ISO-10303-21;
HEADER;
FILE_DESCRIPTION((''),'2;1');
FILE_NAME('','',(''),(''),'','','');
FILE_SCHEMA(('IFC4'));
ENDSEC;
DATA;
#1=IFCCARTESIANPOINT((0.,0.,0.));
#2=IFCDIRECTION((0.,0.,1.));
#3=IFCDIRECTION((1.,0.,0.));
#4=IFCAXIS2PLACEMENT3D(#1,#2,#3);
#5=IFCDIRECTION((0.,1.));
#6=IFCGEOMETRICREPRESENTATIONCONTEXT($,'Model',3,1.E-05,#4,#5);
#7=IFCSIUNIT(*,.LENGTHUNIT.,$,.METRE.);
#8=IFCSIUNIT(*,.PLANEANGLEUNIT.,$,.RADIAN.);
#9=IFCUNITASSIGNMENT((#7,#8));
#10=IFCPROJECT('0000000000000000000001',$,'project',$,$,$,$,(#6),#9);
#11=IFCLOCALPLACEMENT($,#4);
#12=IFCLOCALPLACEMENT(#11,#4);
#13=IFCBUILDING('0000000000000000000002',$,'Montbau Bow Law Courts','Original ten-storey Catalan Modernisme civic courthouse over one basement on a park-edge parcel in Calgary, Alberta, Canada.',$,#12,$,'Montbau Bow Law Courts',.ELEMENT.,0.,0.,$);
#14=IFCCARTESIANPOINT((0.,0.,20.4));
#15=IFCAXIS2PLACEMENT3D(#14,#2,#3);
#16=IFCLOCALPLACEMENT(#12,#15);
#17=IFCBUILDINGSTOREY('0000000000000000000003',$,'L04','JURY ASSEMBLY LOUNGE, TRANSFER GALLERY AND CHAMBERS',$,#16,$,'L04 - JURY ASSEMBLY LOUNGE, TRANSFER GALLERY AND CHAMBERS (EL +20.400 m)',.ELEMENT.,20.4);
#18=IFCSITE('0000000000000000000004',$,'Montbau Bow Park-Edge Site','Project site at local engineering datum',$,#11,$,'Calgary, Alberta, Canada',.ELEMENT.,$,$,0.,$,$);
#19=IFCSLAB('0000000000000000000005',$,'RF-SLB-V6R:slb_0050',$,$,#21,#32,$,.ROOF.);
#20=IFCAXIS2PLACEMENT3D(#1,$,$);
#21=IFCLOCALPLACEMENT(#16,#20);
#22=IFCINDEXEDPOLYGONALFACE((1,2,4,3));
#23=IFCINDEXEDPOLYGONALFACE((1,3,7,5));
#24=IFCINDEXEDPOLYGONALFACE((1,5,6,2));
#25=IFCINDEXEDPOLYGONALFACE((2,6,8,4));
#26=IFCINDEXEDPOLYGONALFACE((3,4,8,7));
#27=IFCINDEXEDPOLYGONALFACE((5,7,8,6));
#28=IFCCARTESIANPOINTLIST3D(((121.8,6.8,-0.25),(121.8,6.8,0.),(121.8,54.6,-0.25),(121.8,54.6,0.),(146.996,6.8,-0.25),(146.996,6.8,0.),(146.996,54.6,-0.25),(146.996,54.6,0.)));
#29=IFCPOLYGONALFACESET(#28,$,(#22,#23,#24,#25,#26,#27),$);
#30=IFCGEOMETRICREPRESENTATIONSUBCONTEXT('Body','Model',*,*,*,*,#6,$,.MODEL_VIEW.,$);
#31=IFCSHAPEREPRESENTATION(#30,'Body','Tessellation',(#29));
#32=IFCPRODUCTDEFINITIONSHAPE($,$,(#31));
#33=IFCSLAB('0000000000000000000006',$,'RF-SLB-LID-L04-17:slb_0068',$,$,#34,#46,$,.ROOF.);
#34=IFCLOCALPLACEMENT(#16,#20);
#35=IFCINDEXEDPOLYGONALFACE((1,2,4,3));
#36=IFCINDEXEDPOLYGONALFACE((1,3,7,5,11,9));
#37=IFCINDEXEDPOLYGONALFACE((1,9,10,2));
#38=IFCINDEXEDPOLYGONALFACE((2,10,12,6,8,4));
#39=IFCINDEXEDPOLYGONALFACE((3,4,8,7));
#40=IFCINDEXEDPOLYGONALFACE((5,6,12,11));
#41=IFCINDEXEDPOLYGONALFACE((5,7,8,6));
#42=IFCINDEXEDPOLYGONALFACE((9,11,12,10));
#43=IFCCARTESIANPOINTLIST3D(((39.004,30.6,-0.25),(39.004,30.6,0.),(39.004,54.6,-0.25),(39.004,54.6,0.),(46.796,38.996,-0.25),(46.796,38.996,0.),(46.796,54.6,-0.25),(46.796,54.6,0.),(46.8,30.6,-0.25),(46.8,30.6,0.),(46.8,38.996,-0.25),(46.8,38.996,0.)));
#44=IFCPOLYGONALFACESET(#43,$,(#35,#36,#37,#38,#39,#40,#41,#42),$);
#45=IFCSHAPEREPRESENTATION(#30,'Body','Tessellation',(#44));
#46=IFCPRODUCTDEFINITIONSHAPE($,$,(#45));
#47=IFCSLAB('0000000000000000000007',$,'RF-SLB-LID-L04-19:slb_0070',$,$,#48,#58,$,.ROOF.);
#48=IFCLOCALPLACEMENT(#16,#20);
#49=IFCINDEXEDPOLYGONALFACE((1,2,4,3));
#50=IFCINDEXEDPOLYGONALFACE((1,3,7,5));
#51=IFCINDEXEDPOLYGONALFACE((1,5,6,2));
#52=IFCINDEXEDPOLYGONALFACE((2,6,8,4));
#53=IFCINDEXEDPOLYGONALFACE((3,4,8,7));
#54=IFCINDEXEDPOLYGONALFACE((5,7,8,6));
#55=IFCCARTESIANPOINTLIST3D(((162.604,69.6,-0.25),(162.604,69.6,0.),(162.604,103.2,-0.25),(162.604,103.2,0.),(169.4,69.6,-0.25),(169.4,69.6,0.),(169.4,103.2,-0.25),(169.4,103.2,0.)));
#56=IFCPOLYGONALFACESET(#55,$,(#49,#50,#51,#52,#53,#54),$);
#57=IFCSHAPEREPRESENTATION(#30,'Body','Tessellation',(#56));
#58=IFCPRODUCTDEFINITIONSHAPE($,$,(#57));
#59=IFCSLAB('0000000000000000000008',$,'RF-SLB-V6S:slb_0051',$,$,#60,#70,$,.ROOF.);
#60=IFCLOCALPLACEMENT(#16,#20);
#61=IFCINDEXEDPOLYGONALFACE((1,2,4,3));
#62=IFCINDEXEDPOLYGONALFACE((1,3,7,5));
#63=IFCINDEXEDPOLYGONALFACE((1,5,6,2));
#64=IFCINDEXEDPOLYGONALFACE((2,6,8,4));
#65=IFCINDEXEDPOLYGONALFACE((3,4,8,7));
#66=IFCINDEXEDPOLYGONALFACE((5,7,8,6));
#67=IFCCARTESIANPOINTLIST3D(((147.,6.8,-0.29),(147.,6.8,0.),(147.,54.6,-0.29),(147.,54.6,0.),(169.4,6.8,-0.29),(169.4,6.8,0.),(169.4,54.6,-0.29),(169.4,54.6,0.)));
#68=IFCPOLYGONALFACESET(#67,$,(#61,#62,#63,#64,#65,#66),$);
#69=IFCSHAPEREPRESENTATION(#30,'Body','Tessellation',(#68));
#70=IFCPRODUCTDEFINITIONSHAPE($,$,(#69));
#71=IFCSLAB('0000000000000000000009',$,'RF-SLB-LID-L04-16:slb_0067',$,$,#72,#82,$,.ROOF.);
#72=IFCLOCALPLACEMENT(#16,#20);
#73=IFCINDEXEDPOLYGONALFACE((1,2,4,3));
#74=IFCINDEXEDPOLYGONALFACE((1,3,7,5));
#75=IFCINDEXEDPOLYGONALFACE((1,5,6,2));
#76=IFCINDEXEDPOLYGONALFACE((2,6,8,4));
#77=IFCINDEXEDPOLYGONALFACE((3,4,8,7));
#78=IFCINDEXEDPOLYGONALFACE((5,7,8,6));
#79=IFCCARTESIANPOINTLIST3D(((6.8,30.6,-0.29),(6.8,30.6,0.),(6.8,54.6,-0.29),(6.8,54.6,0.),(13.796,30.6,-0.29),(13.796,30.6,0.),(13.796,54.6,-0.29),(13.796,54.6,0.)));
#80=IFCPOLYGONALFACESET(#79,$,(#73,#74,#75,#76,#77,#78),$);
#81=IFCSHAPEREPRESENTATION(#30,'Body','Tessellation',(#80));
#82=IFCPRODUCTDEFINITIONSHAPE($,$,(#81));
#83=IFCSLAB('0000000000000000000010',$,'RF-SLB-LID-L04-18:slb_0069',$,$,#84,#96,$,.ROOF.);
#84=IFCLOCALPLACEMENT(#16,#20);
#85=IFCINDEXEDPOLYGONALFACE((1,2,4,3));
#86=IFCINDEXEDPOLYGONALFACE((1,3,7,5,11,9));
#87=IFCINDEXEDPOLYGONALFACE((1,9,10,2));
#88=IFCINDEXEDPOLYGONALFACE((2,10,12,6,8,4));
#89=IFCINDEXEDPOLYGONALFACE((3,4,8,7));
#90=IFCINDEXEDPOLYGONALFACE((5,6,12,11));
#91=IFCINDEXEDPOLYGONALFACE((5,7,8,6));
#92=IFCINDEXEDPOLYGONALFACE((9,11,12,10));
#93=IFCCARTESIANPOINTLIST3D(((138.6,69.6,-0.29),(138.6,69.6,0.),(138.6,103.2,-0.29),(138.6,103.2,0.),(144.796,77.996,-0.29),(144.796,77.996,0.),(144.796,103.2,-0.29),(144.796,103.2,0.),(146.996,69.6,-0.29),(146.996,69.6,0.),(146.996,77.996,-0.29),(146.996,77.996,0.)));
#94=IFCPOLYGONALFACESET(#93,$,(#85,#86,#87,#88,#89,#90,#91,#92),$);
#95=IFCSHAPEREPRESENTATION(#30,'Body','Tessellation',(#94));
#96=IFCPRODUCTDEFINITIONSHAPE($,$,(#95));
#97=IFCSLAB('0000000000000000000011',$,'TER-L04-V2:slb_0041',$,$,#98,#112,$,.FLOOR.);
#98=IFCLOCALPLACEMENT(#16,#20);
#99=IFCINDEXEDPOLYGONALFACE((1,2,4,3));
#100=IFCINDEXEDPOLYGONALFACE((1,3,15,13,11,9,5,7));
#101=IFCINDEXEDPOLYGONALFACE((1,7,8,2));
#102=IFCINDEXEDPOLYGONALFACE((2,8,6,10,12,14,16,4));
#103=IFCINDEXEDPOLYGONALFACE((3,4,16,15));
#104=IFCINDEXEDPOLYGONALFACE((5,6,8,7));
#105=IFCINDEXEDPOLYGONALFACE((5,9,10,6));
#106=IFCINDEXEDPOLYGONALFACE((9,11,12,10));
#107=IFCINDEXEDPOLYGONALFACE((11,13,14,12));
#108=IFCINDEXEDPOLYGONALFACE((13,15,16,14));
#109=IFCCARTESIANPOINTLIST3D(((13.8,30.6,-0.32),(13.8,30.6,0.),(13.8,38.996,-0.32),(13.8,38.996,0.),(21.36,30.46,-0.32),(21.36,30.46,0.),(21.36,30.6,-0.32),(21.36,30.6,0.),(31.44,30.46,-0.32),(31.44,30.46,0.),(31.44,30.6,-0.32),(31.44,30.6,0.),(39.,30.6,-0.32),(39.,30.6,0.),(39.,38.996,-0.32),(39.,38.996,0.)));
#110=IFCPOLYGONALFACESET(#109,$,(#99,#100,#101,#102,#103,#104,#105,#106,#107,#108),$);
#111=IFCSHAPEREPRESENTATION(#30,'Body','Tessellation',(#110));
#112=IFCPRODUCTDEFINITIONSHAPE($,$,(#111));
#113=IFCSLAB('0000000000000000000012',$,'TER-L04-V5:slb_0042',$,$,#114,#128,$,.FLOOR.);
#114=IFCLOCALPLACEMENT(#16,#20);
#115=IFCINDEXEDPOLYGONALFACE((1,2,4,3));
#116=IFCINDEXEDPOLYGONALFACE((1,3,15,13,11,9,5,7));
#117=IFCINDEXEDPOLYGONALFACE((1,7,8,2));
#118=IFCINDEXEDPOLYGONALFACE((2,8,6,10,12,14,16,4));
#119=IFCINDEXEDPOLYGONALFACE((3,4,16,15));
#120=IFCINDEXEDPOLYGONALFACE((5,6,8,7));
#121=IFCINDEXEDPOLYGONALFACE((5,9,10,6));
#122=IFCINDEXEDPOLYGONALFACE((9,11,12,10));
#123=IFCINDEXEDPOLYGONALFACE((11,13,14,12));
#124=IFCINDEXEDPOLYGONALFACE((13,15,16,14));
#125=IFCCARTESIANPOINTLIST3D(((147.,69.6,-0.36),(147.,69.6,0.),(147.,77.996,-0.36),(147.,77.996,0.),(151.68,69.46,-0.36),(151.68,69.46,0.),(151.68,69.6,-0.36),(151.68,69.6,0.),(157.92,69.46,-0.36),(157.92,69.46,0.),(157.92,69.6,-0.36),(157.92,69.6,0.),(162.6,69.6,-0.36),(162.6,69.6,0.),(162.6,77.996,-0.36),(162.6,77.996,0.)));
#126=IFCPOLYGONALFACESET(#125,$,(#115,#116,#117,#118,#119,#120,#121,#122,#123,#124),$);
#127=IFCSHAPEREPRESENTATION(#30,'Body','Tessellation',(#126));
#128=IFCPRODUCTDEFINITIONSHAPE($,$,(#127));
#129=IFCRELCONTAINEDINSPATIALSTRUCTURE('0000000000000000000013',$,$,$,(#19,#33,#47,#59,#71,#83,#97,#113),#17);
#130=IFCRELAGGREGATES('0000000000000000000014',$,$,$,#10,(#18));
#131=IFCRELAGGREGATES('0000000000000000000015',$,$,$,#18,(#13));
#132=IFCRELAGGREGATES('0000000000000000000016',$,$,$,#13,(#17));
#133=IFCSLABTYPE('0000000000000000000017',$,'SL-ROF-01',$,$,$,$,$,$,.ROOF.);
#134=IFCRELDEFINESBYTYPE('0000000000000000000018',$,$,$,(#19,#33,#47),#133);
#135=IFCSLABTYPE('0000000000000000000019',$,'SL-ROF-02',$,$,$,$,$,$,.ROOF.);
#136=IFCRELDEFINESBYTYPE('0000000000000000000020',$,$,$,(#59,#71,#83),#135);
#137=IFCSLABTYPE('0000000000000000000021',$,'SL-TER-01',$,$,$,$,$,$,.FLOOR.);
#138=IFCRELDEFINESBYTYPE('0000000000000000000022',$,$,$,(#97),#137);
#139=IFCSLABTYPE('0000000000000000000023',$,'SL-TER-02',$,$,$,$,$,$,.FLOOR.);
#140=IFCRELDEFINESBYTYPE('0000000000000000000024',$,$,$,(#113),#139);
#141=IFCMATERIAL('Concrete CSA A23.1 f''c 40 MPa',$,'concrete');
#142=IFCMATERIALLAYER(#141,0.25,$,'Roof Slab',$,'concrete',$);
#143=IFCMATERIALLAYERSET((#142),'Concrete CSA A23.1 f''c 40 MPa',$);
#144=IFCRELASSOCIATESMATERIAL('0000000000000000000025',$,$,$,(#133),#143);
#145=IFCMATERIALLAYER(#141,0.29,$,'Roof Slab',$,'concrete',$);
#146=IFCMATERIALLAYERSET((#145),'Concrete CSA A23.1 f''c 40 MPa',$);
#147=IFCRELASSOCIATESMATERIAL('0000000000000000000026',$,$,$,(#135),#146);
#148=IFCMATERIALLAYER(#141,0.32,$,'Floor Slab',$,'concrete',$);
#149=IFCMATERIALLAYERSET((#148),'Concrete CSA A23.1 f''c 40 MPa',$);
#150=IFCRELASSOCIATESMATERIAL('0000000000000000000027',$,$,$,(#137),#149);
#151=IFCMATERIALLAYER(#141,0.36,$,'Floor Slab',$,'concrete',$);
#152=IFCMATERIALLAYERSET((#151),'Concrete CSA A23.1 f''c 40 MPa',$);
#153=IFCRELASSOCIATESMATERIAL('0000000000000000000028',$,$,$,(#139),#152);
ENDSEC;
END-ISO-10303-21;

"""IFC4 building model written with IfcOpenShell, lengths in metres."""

from ifc_helpers import new_model, si_unit, direction, frame, origin_with_axes, place, context, subcontext, project, spatial, polyline, outline, extrude, material, layer, layer_set, type_object, element, save


model = new_model("IFC4")

# Units and contexts
model_context = context("Model", 3, precision=1e-05, world=origin_with_axes(), true_north=direction((0.0, 1.0)))
body_context = subcontext(model_context, "Body", "Model", "MODEL_VIEW")
ifc_project = project(units=[si_unit("LENGTHUNIT", "METRE"), si_unit("PLANEANGLEUNIT", "RADIAN")], contexts=[model_context])

# Site, building, storey
site_placement = place(None, origin_with_axes())
site = spatial("IfcSite", under=ifc_project, at=site_placement, Name="Montbau Bow Park-Edge Site", Description="Project site at local engineering datum", LongName="Calgary, Alberta, Canada", CompositionType="ELEMENT", RefElevation=0.0)
building_placement = place(site_placement, origin_with_axes())
building = spatial("IfcBuilding", under=site, at=building_placement, Name="Montbau Bow Law Courts", Description="Original ten-storey Catalan Modernisme civic courthouse over one basement on a park-edge parcel in Calgary, Alberta, Canada.", LongName="Montbau Bow Law Courts", CompositionType="ELEMENT", ElevationOfRefHeight=0.0, ElevationOfTerrain=0.0)
storey_placement = place(building_placement, frame((0.0, 0.0, 20.4), z_axis=(0.0, 0.0, 1.0), x_axis=(1.0, 0.0, 0.0)))
storey = spatial("IfcBuildingStorey", under=building, at=storey_placement, Name="L04", Description="JURY ASSEMBLY LOUNGE, TRANSFER GALLERY AND CHAMBERS", LongName="L04 - JURY ASSEMBLY LOUNGE, TRANSFER GALLERY AND CHAMBERS (EL +20.400 m)", CompositionType="ELEMENT", Elevation=20.4)

# Shared definitions
ifc_material_1 = material(Name="Concrete CSA A23.1 f'c 40 MPa", Category="concrete")

# Slabs
ifc_layer_1 = layer(ifc_material_1, 0.25, Name="Roof Slab", Category="concrete")
ifc_layer_set_1 = layer_set([ifc_layer_1], Name="Concrete CSA A23.1 f'c 40 MPa")
slab_type_1 = type_object("IfcSlabType", Name="SL-ROF-01", PredefinedType="ROOF", material=ifc_layer_set_1)
slab_1_placement = place(None, frame((0.0, 0.0, 20.15), z_axis=(0.0, 0.0, 1.0), x_axis=(1.0, 0.0, 0.0)))
element("IfcSlab", 1, at=slab_1_placement, inside=storey, type_object=slab_type_1, Name="RF-SLB-V6R:slb_0050", PredefinedType="ROOF", context=body_context, shape_type="SweptSolid", body=[
    extrude(outline(polyline([(121.8, 6.8), (146.996, 6.8), (146.996, 54.6), (121.8, 54.6), (121.8, 6.8)])), origin_with_axes(), (0.0, 0.0, 1.0), 0.25),
])
slab_2_placement = place(None, frame((0.0, 0.0, 20.15), z_axis=(0.0, 0.0, 1.0), x_axis=(1.0, 0.0, 0.0)))
element("IfcSlab", 2, at=slab_2_placement, inside=storey, type_object=slab_type_1, Name="RF-SLB-LID-L04-17:slb_0068", PredefinedType="ROOF", context=body_context, shape_type="SweptSolid", body=[
    extrude(outline(polyline([(46.796, 54.6), (46.796, 38.996), (46.8, 38.996), (46.8, 30.6), (39.004, 30.6), (39.004, 54.6), (46.796, 54.6)])), origin_with_axes(), (0.0, 0.0, 1.0), 0.25),
])
slab_3_placement = place(None, frame((0.0, 0.0, 20.15), z_axis=(0.0, 0.0, 1.0), x_axis=(1.0, 0.0, 0.0)))
element("IfcSlab", 3, at=slab_3_placement, inside=storey, type_object=slab_type_1, Name="RF-SLB-LID-L04-19:slb_0070", PredefinedType="ROOF", context=body_context, shape_type="SweptSolid", body=[
    extrude(outline(polyline([(169.4, 103.2), (169.4, 69.6), (162.604, 69.6), (162.604, 103.2), (169.4, 103.2)])), origin_with_axes(), (0.0, 0.0, 1.0), 0.25),
])
ifc_layer_2 = layer(ifc_material_1, 0.29, Name="Roof Slab", Category="concrete")
ifc_layer_set_2 = layer_set([ifc_layer_2], Name="Concrete CSA A23.1 f'c 40 MPa")
slab_type_2 = type_object("IfcSlabType", Name="SL-ROF-02", PredefinedType="ROOF", material=ifc_layer_set_2)
slab_4_placement = place(None, frame((0.0, 0.0, 20.11), z_axis=(0.0, 0.0, 1.0), x_axis=(1.0, 0.0, 0.0)))
element("IfcSlab", 4, at=slab_4_placement, inside=storey, type_object=slab_type_2, Name="RF-SLB-V6S:slb_0051", PredefinedType="ROOF", context=body_context, shape_type="SweptSolid", body=[
    extrude(outline(polyline([(147.0, 6.8), (169.4, 6.8), (169.4, 54.6), (147.0, 54.6), (147.0, 6.8)])), origin_with_axes(), (0.0, 0.0, 1.0), 0.29),
])
slab_5_placement = place(None, frame((0.0, 0.0, 20.11), z_axis=(0.0, 0.0, 1.0), x_axis=(1.0, 0.0, 0.0)))
element("IfcSlab", 5, at=slab_5_placement, inside=storey, type_object=slab_type_2, Name="RF-SLB-LID-L04-16:slb_0067", PredefinedType="ROOF", context=body_context, shape_type="SweptSolid", body=[
    extrude(outline(polyline([(13.796, 54.6), (13.796, 30.6), (6.8, 30.6), (6.8, 54.6), (13.796, 54.6)])), origin_with_axes(), (0.0, 0.0, 1.0), 0.29),
])
slab_6_placement = place(None, frame((0.0, 0.0, 20.11), z_axis=(0.0, 0.0, 1.0), x_axis=(1.0, 0.0, 0.0)))
element("IfcSlab", 6, at=slab_6_placement, inside=storey, type_object=slab_type_2, Name="RF-SLB-LID-L04-18:slb_0069", PredefinedType="ROOF", context=body_context, shape_type="SweptSolid", body=[
    extrude(outline(polyline([(144.796, 103.2), (144.796, 77.996), (146.996, 77.996), (146.996, 69.6), (138.6, 69.6), (138.6, 103.2), (144.796, 103.2)])), origin_with_axes(), (0.0, 0.0, 1.0), 0.29),
])
ifc_layer_3 = layer(ifc_material_1, 0.32, Name="Floor Slab", Category="concrete")
ifc_layer_set_3 = layer_set([ifc_layer_3], Name="Concrete CSA A23.1 f'c 40 MPa")
slab_type_3 = type_object("IfcSlabType", Name="SL-TER-01", PredefinedType="FLOOR", material=ifc_layer_set_3)
slab_7_placement = place(None, frame((0.0, 0.0, 20.08), z_axis=(0.0, 0.0, 1.0), x_axis=(1.0, 0.0, 0.0)))
element("IfcSlab", 7, at=slab_7_placement, inside=storey, type_object=slab_type_3, Name="TER-L04-V2:slb_0041", PredefinedType="FLOOR", context=body_context, shape_type="SweptSolid", body=[
    extrude(outline(polyline([(13.8, 30.6), (21.36, 30.6), (21.36, 30.46), (31.44, 30.46), (31.44, 30.6), (39.0, 30.6), (39.0, 38.996), (13.8, 38.996), (13.8, 30.6)])), origin_with_axes(), (0.0, 0.0, 1.0), 0.32),
])
ifc_layer_4 = layer(ifc_material_1, 0.36, Name="Floor Slab", Category="concrete")
ifc_layer_set_4 = layer_set([ifc_layer_4], Name="Concrete CSA A23.1 f'c 40 MPa")
slab_type_4 = type_object("IfcSlabType", Name="SL-TER-02", PredefinedType="FLOOR", material=ifc_layer_set_4)
slab_8_placement = place(None, frame((0.0, 0.0, 20.04), z_axis=(0.0, 0.0, 1.0), x_axis=(1.0, 0.0, 0.0)))
element("IfcSlab", 8, at=slab_8_placement, inside=storey, type_object=slab_type_4, Name="TER-L04-V5:slb_0042", PredefinedType="FLOOR", context=body_context, shape_type="SweptSolid", body=[
    extrude(outline(polyline([(147.0, 69.6), (151.68, 69.6), (151.68, 69.46), (157.92, 69.46), (157.92, 69.6), (162.6, 69.6), (162.6, 77.996), (147.0, 77.996), (147.0, 69.6)])), origin_with_axes(), (0.0, 0.0, 1.0), 0.36),
])

save(model, "model.ifc")
